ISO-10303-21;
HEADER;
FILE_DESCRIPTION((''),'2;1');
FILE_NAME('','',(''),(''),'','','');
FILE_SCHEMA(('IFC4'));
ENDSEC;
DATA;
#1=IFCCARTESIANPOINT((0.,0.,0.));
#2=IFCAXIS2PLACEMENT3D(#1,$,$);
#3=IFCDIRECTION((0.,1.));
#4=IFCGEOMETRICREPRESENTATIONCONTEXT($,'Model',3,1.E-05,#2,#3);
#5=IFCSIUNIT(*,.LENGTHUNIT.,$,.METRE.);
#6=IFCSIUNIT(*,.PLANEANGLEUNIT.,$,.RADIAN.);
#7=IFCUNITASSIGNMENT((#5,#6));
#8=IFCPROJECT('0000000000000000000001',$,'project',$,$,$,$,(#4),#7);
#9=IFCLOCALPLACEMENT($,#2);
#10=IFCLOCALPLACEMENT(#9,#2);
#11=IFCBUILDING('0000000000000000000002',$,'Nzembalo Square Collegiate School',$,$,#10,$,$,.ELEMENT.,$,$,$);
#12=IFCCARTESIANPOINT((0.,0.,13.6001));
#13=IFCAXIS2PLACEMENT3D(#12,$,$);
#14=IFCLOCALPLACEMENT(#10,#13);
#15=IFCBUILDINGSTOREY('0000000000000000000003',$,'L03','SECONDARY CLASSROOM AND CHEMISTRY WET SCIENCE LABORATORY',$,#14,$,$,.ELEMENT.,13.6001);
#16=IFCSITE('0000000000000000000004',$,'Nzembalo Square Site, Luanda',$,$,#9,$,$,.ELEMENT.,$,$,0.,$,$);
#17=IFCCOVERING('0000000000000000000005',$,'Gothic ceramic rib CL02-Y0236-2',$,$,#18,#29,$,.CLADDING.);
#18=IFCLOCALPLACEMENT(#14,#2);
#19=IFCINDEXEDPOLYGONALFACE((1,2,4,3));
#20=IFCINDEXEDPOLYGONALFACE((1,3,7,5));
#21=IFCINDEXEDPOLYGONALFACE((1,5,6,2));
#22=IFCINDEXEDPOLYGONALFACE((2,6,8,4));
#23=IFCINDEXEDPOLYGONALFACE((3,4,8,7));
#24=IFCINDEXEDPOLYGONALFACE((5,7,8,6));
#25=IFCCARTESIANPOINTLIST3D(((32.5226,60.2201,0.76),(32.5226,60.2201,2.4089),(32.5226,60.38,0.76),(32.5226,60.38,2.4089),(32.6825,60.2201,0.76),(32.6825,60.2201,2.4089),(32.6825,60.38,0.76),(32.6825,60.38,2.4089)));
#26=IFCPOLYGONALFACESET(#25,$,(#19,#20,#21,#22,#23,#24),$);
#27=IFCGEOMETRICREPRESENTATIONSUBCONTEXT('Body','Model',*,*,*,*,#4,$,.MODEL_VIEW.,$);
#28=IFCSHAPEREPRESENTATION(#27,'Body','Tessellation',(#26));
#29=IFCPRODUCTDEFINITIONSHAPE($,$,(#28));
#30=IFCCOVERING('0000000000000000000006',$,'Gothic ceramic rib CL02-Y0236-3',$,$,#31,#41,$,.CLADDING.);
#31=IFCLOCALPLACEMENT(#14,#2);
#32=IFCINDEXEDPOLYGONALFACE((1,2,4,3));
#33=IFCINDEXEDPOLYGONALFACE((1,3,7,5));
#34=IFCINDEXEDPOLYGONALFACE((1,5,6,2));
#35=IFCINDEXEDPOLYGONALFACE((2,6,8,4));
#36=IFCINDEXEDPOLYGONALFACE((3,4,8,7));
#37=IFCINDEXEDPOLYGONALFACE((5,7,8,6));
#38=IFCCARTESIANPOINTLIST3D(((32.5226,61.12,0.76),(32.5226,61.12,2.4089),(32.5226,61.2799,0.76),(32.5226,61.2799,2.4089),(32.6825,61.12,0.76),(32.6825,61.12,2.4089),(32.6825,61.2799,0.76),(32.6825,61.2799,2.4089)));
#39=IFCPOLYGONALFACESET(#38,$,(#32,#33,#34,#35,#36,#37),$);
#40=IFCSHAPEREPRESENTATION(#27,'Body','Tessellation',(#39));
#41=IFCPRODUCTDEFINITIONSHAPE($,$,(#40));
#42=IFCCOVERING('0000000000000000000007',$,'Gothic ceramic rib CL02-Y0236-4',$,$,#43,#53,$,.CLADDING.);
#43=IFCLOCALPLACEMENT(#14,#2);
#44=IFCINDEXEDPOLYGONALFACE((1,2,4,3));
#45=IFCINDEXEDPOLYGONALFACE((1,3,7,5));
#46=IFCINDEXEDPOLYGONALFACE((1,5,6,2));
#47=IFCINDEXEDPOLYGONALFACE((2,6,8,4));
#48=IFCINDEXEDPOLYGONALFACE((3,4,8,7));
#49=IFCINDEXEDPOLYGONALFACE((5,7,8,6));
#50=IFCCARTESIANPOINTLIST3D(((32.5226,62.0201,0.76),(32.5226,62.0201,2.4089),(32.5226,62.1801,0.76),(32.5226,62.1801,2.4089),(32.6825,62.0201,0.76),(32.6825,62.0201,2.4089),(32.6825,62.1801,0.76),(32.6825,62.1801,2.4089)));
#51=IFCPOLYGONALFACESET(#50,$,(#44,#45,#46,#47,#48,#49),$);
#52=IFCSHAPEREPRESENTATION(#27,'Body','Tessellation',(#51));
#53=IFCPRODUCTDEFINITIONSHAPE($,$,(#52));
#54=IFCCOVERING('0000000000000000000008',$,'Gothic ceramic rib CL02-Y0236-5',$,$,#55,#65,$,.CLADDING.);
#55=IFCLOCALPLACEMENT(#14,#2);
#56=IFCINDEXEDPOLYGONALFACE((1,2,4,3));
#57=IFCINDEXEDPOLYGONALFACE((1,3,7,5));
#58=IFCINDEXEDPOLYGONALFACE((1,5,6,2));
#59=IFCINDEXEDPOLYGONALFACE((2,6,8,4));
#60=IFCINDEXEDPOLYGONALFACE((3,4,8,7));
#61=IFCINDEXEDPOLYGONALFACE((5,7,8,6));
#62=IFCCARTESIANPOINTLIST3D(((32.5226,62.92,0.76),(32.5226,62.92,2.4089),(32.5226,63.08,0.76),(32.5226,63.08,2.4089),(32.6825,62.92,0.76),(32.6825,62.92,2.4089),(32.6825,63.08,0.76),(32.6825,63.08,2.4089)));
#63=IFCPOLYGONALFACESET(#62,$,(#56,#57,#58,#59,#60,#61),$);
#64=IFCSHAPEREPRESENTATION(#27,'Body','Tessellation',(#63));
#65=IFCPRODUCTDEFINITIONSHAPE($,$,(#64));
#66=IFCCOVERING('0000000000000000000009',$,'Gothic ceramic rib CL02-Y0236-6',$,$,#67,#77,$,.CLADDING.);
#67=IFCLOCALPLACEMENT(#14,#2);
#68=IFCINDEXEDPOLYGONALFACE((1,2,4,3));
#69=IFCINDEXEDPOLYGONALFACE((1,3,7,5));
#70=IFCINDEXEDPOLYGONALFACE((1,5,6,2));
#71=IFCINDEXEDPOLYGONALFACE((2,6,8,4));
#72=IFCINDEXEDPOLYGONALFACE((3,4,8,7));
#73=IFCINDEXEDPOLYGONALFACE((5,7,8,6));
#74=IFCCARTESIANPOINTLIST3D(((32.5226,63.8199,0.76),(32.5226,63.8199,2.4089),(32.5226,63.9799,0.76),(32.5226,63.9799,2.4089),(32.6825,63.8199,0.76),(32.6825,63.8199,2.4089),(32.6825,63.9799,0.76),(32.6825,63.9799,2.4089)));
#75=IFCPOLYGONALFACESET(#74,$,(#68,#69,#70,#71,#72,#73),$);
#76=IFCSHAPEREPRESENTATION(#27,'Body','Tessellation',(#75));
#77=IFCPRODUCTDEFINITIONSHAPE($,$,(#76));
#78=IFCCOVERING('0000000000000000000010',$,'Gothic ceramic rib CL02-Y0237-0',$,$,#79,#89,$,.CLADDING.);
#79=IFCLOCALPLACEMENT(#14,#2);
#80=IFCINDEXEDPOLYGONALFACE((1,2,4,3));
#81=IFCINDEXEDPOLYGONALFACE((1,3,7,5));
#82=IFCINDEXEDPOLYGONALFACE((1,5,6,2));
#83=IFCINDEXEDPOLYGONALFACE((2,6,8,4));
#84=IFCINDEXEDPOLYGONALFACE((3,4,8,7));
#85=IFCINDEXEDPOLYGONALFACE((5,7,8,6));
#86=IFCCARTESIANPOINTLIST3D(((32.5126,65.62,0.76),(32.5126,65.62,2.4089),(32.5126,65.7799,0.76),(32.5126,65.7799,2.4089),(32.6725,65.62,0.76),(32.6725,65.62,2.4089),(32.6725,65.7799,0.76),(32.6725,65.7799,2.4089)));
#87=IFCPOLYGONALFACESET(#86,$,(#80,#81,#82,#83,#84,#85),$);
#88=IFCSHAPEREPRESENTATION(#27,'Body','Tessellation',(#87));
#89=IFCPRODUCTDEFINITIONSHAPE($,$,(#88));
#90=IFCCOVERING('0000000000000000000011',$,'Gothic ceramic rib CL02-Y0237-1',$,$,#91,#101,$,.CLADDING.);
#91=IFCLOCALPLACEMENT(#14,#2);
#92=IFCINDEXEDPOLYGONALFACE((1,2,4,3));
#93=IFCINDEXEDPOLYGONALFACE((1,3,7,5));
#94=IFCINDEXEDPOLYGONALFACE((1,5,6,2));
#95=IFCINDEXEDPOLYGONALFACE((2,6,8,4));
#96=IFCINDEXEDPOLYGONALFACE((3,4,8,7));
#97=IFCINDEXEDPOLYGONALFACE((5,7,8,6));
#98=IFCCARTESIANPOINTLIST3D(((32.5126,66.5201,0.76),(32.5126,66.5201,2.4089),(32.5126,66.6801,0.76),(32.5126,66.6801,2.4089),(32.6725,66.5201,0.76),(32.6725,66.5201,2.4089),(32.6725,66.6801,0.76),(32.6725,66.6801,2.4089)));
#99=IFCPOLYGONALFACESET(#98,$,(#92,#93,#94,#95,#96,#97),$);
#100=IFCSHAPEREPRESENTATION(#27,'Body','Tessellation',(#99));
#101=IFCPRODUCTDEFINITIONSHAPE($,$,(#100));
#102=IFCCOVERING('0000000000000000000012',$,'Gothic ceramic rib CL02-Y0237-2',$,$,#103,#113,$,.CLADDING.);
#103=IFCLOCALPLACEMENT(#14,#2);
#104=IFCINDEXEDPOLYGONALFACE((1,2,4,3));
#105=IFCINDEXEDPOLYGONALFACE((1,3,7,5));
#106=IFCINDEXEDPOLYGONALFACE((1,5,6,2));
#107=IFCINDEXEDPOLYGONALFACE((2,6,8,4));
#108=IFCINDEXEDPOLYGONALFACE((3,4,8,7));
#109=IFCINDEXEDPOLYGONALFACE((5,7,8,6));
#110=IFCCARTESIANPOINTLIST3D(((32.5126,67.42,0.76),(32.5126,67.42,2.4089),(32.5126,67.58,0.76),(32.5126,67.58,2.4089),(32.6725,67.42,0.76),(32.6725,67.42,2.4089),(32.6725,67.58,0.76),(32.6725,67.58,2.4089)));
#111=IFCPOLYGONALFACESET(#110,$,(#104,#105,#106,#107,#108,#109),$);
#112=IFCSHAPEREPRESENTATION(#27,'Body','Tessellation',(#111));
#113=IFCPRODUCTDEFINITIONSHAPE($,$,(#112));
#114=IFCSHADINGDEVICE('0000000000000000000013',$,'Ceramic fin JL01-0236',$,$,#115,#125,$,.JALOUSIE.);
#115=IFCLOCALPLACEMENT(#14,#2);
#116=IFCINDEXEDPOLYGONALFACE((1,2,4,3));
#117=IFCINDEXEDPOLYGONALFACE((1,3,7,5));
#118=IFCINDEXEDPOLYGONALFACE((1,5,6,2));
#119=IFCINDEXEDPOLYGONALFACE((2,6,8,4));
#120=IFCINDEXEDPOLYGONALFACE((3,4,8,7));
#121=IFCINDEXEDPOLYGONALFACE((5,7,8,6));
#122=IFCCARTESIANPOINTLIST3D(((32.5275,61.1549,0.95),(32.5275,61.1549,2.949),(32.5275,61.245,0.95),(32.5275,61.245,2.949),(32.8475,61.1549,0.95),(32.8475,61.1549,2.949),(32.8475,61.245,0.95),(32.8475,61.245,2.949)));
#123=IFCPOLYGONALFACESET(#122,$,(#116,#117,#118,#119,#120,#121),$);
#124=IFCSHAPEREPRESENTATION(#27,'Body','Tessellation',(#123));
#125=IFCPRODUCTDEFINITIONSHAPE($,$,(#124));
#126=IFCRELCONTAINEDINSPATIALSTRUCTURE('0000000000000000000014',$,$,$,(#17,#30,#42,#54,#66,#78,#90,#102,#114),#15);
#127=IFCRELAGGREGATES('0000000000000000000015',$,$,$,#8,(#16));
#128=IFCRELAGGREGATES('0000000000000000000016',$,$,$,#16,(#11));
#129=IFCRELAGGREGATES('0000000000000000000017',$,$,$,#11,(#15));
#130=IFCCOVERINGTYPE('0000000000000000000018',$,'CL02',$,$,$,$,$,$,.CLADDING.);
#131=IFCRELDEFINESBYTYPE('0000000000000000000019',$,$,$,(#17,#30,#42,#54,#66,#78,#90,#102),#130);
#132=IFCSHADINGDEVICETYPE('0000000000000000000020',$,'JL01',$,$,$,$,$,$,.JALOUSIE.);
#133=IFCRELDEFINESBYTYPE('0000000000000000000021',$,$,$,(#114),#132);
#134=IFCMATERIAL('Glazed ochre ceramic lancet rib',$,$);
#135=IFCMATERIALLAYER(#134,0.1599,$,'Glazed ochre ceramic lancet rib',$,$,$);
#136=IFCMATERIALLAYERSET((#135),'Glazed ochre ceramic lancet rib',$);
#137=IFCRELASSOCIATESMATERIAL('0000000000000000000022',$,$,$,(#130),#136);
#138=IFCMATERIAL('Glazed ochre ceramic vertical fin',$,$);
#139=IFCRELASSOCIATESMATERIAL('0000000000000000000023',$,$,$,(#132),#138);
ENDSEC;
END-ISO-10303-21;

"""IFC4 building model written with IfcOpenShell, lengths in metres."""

from ifc_helpers import new_model, si_unit, direction, frame, origin, origin_2d, place, context, subcontext, project, spatial, rectangle, extrude, material, layer, layer_set, type_object, element, save


model = new_model("IFC4")

# Units and contexts
model_context = context("Model", 3, precision=1e-05, world=origin(), true_north=direction((0.0, 1.0)))
body_context = subcontext(model_context, "Body", "Model", "MODEL_VIEW")
ifc_project = project(units=[si_unit("LENGTHUNIT", "METRE"), si_unit("PLANEANGLEUNIT", "RADIAN")], contexts=[model_context])

# Site, building, storey
site_placement = place(None, origin())
site = spatial("IfcSite", under=ifc_project, at=site_placement, Name="Nzembalo Square Site, Luanda", CompositionType="ELEMENT", RefElevation=0.0)
building_placement = place(site_placement, origin())
building = spatial("IfcBuilding", under=site, at=building_placement, Name="Nzembalo Square Collegiate School", CompositionType="ELEMENT")
storey_placement = place(building_placement, frame((0.0, 0.0, 13.6001)))
storey = spatial("IfcBuildingStorey", under=building, at=storey_placement, Name="L03", Description="SECONDARY CLASSROOM AND CHEMISTRY WET SCIENCE LABORATORY", CompositionType="ELEMENT", Elevation=13.6001)

# Coverings
ifc_material_1 = material(Name="Glazed ochre ceramic lancet rib")
ifc_layer_1 = layer(ifc_material_1, 0.1599, Name="Glazed ochre ceramic lancet rib")
ifc_layer_set_1 = layer_set([ifc_layer_1], Name="Glazed ochre ceramic lancet rib")
covering_type_1 = type_object("IfcCoveringType", Name="CL02", PredefinedType="CLADDING", material=ifc_layer_set_1)
for number, where, z_axis, x_axis, name in (
    (1, (32.6025, 60.3, 0.76), (0.0, 0.0, 1.0), (1.0, 0.0, 0.0), "Gothic ceramic rib CL02-Y0236-2"),
    (2, (32.6025, 61.2, 0.76), (0.0, 0.0, 1.0), (1.0, 0.0, 0.0), "Gothic ceramic rib CL02-Y0236-3"),
    (3, (32.6025, 62.1001, 0.76), (0.0, 0.0, 1.0), (1.0, 0.0, 0.0), "Gothic ceramic rib CL02-Y0236-4"),
    (4, (32.6025, 63.0, 0.76), (0.0, 0.0, 1.0), (1.0, 0.0, 0.0), "Gothic ceramic rib CL02-Y0236-5"),
    (5, (32.6025, 63.8999, 0.76), (0.0, 0.0, 1.0), (1.0, 0.0, 0.0), "Gothic ceramic rib CL02-Y0236-6"),
    (6, (32.5925, 65.7, 0.76), (0.0, 0.0, 1.0), (1.0, 0.0, 0.0), "Gothic ceramic rib CL02-Y0237-0"),
    (7, (32.5925, 66.6001, 0.76), (0.0, 0.0, 1.0), (1.0, 0.0, 0.0), "Gothic ceramic rib CL02-Y0237-1"),
    (8, (32.5925, 67.5, 0.76), (0.0, 0.0, 1.0), (1.0, 0.0, 0.0), "Gothic ceramic rib CL02-Y0237-2"),
):
    element("IfcCovering", number, at=place(storey_placement, frame(where, z_axis=z_axis, x_axis=x_axis)), inside=storey, type_object=covering_type_1, Name=name, PredefinedType="CLADDING", context=body_context, shape_type="SweptSolid", body=[
        extrude(rectangle(XDim=0.1599, YDim=0.1599, at=origin_2d()), origin(), (0.0, 0.0, 1.0), 1.6489),
    ])

# Shading device
ifc_material_2 = material(Name="Glazed ochre ceramic vertical fin")
shading_device_type = type_object("IfcShadingDeviceType", Name="JL01", PredefinedType="JALOUSIE", material=ifc_material_2)
shading_device_placement = place(storey_placement, frame((32.6875, 61.2, 0.95), z_axis=(0.0, 0.0, 1.0), x_axis=(1.0, 0.0, 0.0)))
element("IfcShadingDevice", 9, at=shading_device_placement, inside=storey, type_object=shading_device_type, Name="Ceramic fin JL01-0236", PredefinedType="JALOUSIE", context=body_context, shape_type="SweptSolid", body=[
    extrude(rectangle(XDim=0.3201, YDim=0.0901, at=origin_2d()), origin(), (0.0, 0.0, 1.0), 1.999),
])

save(model, "model.ifc")
